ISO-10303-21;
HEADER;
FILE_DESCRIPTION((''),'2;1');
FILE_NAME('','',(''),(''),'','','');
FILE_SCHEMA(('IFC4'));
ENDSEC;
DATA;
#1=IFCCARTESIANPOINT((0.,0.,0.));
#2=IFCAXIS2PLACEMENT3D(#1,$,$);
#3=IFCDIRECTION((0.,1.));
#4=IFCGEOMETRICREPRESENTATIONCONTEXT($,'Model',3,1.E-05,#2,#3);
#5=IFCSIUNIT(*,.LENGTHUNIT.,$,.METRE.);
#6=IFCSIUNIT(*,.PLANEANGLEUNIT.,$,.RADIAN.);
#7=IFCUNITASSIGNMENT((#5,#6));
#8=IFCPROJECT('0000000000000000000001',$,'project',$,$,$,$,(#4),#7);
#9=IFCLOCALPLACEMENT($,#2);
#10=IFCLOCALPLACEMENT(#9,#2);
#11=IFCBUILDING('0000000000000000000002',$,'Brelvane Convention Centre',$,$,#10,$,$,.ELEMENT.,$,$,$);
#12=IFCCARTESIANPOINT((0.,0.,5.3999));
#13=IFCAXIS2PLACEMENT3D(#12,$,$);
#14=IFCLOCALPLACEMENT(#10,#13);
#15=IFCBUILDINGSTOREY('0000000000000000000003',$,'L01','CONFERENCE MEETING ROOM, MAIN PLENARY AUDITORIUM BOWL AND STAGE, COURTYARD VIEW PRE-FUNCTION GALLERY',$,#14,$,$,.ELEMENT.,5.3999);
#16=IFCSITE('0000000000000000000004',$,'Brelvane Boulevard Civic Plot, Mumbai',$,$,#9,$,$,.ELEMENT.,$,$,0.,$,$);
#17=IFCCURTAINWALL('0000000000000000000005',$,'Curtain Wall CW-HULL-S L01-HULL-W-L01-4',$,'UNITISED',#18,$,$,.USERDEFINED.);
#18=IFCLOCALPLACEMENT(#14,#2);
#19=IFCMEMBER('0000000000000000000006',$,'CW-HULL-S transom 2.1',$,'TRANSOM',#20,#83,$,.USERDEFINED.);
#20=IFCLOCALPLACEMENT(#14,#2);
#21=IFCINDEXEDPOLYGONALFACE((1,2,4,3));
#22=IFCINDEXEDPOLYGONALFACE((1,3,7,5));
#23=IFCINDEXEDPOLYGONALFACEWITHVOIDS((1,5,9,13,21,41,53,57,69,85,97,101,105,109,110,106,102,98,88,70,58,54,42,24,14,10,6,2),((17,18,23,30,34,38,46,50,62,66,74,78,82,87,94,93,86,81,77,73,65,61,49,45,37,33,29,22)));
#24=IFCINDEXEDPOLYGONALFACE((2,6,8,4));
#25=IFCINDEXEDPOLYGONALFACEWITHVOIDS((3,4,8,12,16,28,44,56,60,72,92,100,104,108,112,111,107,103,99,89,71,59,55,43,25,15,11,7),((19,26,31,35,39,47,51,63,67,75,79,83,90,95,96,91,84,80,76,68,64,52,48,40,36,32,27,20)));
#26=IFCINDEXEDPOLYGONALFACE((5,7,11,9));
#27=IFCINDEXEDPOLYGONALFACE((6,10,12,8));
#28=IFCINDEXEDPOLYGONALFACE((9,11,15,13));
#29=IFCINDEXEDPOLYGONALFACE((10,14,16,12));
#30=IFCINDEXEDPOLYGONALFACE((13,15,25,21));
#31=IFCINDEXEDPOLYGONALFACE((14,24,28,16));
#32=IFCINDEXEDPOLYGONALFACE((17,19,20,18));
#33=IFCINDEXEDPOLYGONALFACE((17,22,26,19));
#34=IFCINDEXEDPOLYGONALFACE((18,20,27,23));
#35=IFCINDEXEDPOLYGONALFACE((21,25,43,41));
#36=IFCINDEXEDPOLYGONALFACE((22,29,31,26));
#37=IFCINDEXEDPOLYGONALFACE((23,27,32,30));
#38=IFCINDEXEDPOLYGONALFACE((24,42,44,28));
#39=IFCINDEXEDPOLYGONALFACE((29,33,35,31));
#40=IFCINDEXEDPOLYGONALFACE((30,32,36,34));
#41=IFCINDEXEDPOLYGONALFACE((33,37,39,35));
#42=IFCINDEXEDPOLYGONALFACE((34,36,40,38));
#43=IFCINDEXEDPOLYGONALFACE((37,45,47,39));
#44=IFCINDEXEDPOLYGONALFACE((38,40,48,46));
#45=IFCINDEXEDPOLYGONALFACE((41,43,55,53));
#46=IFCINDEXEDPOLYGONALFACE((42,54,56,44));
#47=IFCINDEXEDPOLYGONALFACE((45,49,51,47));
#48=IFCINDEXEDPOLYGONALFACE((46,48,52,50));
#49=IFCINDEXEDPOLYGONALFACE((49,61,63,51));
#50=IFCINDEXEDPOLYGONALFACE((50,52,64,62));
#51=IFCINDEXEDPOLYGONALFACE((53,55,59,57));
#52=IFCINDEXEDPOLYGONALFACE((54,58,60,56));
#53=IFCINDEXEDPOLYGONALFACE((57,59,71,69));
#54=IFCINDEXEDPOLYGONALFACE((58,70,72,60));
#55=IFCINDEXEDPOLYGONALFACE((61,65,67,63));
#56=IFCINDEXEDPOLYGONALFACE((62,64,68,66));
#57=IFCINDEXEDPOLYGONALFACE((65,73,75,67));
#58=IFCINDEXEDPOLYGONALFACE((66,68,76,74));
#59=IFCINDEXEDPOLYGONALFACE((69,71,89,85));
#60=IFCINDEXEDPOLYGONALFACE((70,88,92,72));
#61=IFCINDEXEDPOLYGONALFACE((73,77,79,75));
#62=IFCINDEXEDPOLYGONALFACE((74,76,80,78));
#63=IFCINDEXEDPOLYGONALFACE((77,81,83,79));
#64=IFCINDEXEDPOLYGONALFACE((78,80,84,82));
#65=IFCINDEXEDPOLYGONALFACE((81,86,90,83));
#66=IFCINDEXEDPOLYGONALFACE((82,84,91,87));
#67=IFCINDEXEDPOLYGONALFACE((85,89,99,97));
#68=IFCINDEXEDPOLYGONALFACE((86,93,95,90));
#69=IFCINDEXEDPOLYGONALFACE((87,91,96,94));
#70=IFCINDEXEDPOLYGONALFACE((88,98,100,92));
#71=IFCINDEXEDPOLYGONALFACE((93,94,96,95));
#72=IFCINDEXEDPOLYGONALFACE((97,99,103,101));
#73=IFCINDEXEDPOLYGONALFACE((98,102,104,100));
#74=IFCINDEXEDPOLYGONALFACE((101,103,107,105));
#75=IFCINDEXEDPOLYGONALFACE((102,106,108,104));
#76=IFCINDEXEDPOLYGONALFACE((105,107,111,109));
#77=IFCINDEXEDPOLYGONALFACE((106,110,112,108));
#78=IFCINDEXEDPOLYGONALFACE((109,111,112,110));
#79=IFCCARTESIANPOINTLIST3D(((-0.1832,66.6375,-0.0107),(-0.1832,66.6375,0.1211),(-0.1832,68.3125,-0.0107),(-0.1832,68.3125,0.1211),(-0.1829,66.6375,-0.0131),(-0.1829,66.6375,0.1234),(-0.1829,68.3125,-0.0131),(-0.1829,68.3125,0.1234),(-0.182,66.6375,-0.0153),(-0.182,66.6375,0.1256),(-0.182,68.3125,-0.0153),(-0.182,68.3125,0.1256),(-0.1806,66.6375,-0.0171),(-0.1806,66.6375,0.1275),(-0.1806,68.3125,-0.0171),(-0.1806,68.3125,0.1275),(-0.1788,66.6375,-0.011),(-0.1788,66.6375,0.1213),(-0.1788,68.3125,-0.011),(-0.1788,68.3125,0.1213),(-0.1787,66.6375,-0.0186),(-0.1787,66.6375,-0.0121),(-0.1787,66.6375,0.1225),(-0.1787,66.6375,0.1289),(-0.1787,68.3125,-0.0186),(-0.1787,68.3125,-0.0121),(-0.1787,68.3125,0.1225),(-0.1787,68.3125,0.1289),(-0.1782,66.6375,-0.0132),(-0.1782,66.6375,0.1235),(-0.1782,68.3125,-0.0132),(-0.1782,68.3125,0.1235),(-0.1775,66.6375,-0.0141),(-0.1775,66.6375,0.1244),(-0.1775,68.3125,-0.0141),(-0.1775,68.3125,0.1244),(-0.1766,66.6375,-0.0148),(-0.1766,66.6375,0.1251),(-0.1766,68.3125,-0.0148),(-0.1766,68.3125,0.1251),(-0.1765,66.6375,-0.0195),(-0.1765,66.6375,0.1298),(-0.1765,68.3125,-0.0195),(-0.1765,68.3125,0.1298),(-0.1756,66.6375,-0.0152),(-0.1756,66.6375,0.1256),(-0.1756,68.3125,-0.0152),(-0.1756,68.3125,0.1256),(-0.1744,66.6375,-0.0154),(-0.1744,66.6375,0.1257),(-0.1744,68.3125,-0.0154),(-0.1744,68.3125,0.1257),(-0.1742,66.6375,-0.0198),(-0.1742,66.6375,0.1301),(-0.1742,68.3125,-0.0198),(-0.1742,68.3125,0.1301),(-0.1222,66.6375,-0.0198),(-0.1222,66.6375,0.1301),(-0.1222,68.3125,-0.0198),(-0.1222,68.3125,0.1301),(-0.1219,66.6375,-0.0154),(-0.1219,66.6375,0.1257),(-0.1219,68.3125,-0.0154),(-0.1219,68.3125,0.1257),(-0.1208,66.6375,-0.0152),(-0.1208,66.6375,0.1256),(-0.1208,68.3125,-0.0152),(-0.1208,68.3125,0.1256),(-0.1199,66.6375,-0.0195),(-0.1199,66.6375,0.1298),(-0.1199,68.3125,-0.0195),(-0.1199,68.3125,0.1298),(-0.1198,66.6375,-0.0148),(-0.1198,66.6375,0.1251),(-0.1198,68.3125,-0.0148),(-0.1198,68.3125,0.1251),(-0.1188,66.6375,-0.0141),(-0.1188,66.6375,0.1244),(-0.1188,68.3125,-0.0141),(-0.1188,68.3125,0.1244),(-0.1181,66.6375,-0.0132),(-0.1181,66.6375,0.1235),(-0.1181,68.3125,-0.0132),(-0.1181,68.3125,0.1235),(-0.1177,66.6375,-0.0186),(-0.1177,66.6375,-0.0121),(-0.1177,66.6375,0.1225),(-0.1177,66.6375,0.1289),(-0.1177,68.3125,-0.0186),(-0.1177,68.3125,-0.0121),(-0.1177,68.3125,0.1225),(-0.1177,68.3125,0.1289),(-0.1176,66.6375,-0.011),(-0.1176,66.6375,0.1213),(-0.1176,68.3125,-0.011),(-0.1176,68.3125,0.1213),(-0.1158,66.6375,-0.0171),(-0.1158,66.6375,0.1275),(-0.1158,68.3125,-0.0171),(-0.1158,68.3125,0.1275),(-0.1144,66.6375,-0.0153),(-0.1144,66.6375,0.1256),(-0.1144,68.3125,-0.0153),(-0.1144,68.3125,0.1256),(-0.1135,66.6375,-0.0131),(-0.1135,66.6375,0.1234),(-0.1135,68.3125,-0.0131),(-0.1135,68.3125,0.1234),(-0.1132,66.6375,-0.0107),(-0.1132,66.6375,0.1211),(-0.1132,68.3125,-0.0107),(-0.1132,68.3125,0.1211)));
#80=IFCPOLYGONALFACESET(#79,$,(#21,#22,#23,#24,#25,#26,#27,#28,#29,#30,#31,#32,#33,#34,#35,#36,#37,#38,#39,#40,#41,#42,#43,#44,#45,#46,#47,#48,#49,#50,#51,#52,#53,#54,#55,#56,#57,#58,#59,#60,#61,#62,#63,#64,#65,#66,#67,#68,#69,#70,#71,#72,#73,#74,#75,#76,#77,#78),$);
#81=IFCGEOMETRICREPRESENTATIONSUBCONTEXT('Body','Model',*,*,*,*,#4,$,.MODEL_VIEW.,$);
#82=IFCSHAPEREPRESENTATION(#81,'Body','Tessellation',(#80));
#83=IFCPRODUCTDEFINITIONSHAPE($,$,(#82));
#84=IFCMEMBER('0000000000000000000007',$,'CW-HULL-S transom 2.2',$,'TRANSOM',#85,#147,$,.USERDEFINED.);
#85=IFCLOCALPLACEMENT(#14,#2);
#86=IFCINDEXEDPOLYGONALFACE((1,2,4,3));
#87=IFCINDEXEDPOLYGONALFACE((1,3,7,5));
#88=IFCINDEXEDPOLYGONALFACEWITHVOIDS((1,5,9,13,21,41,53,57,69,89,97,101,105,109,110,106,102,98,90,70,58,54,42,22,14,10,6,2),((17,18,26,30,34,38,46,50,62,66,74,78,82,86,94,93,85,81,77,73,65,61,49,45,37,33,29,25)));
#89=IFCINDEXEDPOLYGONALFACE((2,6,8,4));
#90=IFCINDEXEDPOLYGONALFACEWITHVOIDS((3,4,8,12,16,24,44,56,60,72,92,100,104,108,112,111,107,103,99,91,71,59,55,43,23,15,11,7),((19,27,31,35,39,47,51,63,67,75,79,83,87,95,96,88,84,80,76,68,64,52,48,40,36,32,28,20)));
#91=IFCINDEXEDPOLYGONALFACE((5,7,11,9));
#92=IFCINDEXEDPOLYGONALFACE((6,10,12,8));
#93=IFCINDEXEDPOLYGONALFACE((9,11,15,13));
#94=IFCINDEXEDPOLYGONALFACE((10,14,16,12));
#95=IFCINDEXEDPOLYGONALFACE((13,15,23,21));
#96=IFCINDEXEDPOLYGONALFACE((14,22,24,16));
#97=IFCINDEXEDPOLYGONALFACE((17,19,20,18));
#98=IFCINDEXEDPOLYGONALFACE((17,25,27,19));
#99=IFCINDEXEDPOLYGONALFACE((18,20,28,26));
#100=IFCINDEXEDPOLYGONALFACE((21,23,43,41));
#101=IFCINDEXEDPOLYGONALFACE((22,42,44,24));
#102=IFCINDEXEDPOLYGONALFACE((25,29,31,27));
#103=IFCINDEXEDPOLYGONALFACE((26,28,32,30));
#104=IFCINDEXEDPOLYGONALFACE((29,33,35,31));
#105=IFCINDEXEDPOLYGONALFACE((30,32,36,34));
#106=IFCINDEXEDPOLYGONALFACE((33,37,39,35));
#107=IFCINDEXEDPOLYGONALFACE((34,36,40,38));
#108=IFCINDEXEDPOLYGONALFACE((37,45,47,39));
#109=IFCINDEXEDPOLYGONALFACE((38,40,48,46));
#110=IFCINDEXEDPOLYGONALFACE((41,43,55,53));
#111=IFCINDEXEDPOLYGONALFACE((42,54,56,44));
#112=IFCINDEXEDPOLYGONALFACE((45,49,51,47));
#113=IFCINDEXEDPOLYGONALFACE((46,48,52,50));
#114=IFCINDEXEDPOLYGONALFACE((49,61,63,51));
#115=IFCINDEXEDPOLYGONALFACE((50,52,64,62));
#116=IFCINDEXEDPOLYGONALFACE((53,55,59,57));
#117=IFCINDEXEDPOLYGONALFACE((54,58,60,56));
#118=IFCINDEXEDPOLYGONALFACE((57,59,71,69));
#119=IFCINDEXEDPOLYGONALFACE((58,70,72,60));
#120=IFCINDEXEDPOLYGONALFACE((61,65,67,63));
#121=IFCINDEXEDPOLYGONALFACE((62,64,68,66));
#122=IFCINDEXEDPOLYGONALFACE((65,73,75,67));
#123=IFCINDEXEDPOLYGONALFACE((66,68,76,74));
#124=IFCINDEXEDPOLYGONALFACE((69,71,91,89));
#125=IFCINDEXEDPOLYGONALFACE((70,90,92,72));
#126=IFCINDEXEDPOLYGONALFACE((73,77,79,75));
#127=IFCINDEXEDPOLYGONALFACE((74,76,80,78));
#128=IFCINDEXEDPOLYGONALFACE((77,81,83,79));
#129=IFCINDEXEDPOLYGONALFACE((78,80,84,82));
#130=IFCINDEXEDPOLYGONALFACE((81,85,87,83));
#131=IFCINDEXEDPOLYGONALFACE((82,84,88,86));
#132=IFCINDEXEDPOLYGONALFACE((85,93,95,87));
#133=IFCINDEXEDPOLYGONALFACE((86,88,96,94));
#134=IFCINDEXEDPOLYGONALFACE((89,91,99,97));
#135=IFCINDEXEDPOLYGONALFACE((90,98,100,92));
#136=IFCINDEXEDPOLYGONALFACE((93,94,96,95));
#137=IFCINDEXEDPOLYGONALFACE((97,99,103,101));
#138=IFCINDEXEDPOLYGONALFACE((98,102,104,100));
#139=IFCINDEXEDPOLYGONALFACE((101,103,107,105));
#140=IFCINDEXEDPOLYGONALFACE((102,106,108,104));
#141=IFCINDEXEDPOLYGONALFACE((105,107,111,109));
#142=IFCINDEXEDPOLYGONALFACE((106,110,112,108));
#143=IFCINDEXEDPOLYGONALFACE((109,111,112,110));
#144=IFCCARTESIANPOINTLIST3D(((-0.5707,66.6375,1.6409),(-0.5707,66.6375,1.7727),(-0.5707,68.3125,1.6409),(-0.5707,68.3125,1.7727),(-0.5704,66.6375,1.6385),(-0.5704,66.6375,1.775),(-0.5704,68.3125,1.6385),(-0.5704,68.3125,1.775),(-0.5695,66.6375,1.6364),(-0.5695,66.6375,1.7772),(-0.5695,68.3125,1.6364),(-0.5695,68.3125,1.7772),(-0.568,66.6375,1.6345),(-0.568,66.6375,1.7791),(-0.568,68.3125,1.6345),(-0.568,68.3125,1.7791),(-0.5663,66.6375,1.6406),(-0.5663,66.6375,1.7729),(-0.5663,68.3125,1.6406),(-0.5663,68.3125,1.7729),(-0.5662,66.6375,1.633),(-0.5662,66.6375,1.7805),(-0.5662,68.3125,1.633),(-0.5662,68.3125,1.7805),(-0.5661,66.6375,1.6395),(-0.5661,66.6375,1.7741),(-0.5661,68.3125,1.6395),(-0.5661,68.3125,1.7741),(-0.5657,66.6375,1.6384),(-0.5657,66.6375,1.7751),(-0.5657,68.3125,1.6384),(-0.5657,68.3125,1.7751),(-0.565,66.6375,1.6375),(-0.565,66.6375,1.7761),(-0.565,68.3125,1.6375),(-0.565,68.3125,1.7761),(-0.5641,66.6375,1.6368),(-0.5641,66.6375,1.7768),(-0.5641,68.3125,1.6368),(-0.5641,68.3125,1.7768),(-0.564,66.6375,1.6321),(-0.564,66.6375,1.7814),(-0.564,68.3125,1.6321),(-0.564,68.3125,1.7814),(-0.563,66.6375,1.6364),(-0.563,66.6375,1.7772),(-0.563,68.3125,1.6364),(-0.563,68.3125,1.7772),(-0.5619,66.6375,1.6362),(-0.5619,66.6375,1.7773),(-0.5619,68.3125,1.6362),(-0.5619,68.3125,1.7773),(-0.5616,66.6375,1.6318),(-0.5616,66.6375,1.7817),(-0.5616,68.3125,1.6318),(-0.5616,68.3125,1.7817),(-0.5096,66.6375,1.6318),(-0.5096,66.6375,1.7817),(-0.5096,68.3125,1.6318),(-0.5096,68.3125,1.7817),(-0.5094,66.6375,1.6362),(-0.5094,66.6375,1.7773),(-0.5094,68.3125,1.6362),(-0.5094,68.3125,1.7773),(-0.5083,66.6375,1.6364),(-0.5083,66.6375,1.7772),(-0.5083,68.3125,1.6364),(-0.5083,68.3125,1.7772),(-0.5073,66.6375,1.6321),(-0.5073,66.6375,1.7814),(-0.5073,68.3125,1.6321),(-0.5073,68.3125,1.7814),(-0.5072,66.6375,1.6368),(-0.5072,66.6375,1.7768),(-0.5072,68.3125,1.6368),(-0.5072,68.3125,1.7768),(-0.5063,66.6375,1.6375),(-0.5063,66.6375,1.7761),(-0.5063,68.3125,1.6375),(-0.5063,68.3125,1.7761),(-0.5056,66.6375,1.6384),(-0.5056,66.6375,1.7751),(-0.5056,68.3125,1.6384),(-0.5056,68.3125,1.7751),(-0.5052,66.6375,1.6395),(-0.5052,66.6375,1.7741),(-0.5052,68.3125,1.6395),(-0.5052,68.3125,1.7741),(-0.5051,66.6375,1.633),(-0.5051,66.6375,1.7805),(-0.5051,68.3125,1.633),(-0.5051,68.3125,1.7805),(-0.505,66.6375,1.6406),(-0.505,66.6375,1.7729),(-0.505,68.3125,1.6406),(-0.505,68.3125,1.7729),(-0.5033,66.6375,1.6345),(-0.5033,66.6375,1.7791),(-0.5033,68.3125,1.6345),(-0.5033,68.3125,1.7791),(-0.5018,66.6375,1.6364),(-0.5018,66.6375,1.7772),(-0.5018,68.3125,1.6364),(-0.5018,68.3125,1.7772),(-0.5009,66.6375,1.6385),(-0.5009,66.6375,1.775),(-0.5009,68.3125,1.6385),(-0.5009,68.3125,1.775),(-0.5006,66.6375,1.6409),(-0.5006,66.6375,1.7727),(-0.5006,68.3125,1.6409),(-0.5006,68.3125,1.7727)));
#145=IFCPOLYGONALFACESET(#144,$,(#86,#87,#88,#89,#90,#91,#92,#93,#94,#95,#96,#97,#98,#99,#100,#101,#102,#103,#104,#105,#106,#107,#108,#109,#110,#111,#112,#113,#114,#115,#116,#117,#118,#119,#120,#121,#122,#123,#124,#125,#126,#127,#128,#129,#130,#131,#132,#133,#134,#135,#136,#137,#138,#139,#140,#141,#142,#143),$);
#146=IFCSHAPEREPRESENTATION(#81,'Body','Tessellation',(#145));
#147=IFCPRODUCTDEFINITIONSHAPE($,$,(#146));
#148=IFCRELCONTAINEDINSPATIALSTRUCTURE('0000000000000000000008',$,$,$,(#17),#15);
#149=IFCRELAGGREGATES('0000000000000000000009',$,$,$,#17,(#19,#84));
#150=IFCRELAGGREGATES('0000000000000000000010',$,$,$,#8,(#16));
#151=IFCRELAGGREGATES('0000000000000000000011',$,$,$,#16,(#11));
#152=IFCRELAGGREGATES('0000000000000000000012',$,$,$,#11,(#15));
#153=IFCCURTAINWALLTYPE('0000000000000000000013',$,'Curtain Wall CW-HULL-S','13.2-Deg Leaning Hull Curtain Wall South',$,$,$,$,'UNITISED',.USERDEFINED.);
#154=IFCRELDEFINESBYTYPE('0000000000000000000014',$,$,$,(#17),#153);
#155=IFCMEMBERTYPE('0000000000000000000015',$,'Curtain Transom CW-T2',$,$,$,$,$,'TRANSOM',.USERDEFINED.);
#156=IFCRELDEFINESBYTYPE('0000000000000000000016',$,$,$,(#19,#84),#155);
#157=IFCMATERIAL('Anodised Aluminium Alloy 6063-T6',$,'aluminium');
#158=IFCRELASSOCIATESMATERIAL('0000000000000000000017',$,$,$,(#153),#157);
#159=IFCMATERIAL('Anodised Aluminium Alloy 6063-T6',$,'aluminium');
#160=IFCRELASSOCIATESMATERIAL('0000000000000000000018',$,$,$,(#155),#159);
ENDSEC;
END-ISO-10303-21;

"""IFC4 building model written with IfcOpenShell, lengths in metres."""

from ifc_helpers import new_model, si_unit, direction, frame, origin, origin_2d, place, context, subcontext, project, spatial, hollow_rectangle, extrude, material, material_profile, profile_set, type_object, element, aggregate, save


model = new_model("IFC4")

# Units and contexts
model_context = context("Model", 3, precision=1e-05, world=origin(), true_north=direction((0.0, 1.0)))
body_context = subcontext(model_context, "Body", "Model", "MODEL_VIEW")
ifc_project = project(units=[si_unit("LENGTHUNIT", "METRE"), si_unit("PLANEANGLEUNIT", "RADIAN")], contexts=[model_context])

# Site, building, storey
site_placement = place(None, origin())
site = spatial("IfcSite", under=ifc_project, at=site_placement, Name="Brelvane Boulevard Civic Plot, Mumbai", CompositionType="ELEMENT", RefElevation=0.0)
building_placement = place(site_placement, origin())
building = spatial("IfcBuilding", under=site, at=building_placement, Name="Brelvane Convention Centre", CompositionType="ELEMENT")
storey_placement = place(building_placement, frame((0.0, 0.0, 5.3999)))
storey = spatial("IfcBuildingStorey", under=building, at=storey_placement, Name="L01", Description="CONFERENCE MEETING ROOM, MAIN PLENARY AUDITORIUM BOWL AND STAGE, COURTYARD VIEW PRE-FUNCTION GALLERY", CompositionType="ELEMENT", Elevation=5.3999)

# Curtain wall, members
ifc_material_1 = material(Name="Anodised Aluminium Alloy 6063-T6", Category="aluminium")
curtain_wall_type = type_object("IfcCurtainWallType", Name="Curtain Wall CW-HULL-S", Description="13.2-Deg Leaning Hull Curtain Wall South", ElementType="UNITISED", PredefinedType="USERDEFINED", material=ifc_material_1)
curtain_wall_placement = place(storey_placement, origin())
curtain_wall = element("IfcCurtainWall", 1, at=curtain_wall_placement, inside=storey, type_object=curtain_wall_type, Name="Curtain Wall CW-HULL-S L01-HULL-W-L01-4", ObjectType="UNITISED", PredefinedType="USERDEFINED")
ifc_material_2 = material(Name="Anodised Aluminium Alloy 6063-T6", Category="aluminium")
ifc_material_profile_1 = material_profile(ifc_material_2, hollow_rectangle(XDim=0.0701, YDim=0.1499, WallThickness=0.0044, InnerFilletRadius=0.0044, OuterFilletRadius=0.009, at=origin_2d()), Name="ALU-T 150x70x4.5")
ifc_profile_set_1 = profile_set([ifc_material_profile_1], Name="Anodised Aluminium Alloy 6063-T6")
member_type_1 = type_object("IfcMemberType", Name="Curtain Transom CW-T2", ElementType="TRANSOM", PredefinedType="USERDEFINED", material=ifc_profile_set_1)
member_1_placement = place(storey_placement, frame((-0.1482, 66.6375, 0.0552), z_axis=(0.0, 1.0, 0.0), x_axis=(-1.0, 0.0, 0.0)))
member_1 = element("IfcMember", 2, at=member_1_placement, type_object=member_type_1, Name="CW-HULL-S transom 2.1", ObjectType="TRANSOM", PredefinedType="USERDEFINED", context=body_context, shape_type="SweptSolid", body=[
    extrude(hollow_rectangle(XDim=0.0701, YDim=0.1499, WallThickness=0.0044, InnerFilletRadius=0.0044, OuterFilletRadius=0.009, at=origin_2d()), origin(), (0.0, 0.0, 1.0), 1.675),
])
member_2_placement = place(storey_placement, frame((-0.5356, 66.6375, 1.7068), z_axis=(0.0, 1.0, 0.0), x_axis=(-1.0, 0.0, 0.0)))
member_2 = element("IfcMember", 3, at=member_2_placement, type_object=member_type_1, Name="CW-HULL-S transom 2.2", ObjectType="TRANSOM", PredefinedType="USERDEFINED", context=body_context, shape_type="SweptSolid", body=[
    extrude(hollow_rectangle(XDim=0.0701, YDim=0.1499, WallThickness=0.0044, InnerFilletRadius=0.0044, OuterFilletRadius=0.009, at=origin_2d()), origin(), (0.0, 0.0, 1.0), 1.675),
])
aggregate(curtain_wall, [member_1, member_2])

save(model, "model.ifc")
